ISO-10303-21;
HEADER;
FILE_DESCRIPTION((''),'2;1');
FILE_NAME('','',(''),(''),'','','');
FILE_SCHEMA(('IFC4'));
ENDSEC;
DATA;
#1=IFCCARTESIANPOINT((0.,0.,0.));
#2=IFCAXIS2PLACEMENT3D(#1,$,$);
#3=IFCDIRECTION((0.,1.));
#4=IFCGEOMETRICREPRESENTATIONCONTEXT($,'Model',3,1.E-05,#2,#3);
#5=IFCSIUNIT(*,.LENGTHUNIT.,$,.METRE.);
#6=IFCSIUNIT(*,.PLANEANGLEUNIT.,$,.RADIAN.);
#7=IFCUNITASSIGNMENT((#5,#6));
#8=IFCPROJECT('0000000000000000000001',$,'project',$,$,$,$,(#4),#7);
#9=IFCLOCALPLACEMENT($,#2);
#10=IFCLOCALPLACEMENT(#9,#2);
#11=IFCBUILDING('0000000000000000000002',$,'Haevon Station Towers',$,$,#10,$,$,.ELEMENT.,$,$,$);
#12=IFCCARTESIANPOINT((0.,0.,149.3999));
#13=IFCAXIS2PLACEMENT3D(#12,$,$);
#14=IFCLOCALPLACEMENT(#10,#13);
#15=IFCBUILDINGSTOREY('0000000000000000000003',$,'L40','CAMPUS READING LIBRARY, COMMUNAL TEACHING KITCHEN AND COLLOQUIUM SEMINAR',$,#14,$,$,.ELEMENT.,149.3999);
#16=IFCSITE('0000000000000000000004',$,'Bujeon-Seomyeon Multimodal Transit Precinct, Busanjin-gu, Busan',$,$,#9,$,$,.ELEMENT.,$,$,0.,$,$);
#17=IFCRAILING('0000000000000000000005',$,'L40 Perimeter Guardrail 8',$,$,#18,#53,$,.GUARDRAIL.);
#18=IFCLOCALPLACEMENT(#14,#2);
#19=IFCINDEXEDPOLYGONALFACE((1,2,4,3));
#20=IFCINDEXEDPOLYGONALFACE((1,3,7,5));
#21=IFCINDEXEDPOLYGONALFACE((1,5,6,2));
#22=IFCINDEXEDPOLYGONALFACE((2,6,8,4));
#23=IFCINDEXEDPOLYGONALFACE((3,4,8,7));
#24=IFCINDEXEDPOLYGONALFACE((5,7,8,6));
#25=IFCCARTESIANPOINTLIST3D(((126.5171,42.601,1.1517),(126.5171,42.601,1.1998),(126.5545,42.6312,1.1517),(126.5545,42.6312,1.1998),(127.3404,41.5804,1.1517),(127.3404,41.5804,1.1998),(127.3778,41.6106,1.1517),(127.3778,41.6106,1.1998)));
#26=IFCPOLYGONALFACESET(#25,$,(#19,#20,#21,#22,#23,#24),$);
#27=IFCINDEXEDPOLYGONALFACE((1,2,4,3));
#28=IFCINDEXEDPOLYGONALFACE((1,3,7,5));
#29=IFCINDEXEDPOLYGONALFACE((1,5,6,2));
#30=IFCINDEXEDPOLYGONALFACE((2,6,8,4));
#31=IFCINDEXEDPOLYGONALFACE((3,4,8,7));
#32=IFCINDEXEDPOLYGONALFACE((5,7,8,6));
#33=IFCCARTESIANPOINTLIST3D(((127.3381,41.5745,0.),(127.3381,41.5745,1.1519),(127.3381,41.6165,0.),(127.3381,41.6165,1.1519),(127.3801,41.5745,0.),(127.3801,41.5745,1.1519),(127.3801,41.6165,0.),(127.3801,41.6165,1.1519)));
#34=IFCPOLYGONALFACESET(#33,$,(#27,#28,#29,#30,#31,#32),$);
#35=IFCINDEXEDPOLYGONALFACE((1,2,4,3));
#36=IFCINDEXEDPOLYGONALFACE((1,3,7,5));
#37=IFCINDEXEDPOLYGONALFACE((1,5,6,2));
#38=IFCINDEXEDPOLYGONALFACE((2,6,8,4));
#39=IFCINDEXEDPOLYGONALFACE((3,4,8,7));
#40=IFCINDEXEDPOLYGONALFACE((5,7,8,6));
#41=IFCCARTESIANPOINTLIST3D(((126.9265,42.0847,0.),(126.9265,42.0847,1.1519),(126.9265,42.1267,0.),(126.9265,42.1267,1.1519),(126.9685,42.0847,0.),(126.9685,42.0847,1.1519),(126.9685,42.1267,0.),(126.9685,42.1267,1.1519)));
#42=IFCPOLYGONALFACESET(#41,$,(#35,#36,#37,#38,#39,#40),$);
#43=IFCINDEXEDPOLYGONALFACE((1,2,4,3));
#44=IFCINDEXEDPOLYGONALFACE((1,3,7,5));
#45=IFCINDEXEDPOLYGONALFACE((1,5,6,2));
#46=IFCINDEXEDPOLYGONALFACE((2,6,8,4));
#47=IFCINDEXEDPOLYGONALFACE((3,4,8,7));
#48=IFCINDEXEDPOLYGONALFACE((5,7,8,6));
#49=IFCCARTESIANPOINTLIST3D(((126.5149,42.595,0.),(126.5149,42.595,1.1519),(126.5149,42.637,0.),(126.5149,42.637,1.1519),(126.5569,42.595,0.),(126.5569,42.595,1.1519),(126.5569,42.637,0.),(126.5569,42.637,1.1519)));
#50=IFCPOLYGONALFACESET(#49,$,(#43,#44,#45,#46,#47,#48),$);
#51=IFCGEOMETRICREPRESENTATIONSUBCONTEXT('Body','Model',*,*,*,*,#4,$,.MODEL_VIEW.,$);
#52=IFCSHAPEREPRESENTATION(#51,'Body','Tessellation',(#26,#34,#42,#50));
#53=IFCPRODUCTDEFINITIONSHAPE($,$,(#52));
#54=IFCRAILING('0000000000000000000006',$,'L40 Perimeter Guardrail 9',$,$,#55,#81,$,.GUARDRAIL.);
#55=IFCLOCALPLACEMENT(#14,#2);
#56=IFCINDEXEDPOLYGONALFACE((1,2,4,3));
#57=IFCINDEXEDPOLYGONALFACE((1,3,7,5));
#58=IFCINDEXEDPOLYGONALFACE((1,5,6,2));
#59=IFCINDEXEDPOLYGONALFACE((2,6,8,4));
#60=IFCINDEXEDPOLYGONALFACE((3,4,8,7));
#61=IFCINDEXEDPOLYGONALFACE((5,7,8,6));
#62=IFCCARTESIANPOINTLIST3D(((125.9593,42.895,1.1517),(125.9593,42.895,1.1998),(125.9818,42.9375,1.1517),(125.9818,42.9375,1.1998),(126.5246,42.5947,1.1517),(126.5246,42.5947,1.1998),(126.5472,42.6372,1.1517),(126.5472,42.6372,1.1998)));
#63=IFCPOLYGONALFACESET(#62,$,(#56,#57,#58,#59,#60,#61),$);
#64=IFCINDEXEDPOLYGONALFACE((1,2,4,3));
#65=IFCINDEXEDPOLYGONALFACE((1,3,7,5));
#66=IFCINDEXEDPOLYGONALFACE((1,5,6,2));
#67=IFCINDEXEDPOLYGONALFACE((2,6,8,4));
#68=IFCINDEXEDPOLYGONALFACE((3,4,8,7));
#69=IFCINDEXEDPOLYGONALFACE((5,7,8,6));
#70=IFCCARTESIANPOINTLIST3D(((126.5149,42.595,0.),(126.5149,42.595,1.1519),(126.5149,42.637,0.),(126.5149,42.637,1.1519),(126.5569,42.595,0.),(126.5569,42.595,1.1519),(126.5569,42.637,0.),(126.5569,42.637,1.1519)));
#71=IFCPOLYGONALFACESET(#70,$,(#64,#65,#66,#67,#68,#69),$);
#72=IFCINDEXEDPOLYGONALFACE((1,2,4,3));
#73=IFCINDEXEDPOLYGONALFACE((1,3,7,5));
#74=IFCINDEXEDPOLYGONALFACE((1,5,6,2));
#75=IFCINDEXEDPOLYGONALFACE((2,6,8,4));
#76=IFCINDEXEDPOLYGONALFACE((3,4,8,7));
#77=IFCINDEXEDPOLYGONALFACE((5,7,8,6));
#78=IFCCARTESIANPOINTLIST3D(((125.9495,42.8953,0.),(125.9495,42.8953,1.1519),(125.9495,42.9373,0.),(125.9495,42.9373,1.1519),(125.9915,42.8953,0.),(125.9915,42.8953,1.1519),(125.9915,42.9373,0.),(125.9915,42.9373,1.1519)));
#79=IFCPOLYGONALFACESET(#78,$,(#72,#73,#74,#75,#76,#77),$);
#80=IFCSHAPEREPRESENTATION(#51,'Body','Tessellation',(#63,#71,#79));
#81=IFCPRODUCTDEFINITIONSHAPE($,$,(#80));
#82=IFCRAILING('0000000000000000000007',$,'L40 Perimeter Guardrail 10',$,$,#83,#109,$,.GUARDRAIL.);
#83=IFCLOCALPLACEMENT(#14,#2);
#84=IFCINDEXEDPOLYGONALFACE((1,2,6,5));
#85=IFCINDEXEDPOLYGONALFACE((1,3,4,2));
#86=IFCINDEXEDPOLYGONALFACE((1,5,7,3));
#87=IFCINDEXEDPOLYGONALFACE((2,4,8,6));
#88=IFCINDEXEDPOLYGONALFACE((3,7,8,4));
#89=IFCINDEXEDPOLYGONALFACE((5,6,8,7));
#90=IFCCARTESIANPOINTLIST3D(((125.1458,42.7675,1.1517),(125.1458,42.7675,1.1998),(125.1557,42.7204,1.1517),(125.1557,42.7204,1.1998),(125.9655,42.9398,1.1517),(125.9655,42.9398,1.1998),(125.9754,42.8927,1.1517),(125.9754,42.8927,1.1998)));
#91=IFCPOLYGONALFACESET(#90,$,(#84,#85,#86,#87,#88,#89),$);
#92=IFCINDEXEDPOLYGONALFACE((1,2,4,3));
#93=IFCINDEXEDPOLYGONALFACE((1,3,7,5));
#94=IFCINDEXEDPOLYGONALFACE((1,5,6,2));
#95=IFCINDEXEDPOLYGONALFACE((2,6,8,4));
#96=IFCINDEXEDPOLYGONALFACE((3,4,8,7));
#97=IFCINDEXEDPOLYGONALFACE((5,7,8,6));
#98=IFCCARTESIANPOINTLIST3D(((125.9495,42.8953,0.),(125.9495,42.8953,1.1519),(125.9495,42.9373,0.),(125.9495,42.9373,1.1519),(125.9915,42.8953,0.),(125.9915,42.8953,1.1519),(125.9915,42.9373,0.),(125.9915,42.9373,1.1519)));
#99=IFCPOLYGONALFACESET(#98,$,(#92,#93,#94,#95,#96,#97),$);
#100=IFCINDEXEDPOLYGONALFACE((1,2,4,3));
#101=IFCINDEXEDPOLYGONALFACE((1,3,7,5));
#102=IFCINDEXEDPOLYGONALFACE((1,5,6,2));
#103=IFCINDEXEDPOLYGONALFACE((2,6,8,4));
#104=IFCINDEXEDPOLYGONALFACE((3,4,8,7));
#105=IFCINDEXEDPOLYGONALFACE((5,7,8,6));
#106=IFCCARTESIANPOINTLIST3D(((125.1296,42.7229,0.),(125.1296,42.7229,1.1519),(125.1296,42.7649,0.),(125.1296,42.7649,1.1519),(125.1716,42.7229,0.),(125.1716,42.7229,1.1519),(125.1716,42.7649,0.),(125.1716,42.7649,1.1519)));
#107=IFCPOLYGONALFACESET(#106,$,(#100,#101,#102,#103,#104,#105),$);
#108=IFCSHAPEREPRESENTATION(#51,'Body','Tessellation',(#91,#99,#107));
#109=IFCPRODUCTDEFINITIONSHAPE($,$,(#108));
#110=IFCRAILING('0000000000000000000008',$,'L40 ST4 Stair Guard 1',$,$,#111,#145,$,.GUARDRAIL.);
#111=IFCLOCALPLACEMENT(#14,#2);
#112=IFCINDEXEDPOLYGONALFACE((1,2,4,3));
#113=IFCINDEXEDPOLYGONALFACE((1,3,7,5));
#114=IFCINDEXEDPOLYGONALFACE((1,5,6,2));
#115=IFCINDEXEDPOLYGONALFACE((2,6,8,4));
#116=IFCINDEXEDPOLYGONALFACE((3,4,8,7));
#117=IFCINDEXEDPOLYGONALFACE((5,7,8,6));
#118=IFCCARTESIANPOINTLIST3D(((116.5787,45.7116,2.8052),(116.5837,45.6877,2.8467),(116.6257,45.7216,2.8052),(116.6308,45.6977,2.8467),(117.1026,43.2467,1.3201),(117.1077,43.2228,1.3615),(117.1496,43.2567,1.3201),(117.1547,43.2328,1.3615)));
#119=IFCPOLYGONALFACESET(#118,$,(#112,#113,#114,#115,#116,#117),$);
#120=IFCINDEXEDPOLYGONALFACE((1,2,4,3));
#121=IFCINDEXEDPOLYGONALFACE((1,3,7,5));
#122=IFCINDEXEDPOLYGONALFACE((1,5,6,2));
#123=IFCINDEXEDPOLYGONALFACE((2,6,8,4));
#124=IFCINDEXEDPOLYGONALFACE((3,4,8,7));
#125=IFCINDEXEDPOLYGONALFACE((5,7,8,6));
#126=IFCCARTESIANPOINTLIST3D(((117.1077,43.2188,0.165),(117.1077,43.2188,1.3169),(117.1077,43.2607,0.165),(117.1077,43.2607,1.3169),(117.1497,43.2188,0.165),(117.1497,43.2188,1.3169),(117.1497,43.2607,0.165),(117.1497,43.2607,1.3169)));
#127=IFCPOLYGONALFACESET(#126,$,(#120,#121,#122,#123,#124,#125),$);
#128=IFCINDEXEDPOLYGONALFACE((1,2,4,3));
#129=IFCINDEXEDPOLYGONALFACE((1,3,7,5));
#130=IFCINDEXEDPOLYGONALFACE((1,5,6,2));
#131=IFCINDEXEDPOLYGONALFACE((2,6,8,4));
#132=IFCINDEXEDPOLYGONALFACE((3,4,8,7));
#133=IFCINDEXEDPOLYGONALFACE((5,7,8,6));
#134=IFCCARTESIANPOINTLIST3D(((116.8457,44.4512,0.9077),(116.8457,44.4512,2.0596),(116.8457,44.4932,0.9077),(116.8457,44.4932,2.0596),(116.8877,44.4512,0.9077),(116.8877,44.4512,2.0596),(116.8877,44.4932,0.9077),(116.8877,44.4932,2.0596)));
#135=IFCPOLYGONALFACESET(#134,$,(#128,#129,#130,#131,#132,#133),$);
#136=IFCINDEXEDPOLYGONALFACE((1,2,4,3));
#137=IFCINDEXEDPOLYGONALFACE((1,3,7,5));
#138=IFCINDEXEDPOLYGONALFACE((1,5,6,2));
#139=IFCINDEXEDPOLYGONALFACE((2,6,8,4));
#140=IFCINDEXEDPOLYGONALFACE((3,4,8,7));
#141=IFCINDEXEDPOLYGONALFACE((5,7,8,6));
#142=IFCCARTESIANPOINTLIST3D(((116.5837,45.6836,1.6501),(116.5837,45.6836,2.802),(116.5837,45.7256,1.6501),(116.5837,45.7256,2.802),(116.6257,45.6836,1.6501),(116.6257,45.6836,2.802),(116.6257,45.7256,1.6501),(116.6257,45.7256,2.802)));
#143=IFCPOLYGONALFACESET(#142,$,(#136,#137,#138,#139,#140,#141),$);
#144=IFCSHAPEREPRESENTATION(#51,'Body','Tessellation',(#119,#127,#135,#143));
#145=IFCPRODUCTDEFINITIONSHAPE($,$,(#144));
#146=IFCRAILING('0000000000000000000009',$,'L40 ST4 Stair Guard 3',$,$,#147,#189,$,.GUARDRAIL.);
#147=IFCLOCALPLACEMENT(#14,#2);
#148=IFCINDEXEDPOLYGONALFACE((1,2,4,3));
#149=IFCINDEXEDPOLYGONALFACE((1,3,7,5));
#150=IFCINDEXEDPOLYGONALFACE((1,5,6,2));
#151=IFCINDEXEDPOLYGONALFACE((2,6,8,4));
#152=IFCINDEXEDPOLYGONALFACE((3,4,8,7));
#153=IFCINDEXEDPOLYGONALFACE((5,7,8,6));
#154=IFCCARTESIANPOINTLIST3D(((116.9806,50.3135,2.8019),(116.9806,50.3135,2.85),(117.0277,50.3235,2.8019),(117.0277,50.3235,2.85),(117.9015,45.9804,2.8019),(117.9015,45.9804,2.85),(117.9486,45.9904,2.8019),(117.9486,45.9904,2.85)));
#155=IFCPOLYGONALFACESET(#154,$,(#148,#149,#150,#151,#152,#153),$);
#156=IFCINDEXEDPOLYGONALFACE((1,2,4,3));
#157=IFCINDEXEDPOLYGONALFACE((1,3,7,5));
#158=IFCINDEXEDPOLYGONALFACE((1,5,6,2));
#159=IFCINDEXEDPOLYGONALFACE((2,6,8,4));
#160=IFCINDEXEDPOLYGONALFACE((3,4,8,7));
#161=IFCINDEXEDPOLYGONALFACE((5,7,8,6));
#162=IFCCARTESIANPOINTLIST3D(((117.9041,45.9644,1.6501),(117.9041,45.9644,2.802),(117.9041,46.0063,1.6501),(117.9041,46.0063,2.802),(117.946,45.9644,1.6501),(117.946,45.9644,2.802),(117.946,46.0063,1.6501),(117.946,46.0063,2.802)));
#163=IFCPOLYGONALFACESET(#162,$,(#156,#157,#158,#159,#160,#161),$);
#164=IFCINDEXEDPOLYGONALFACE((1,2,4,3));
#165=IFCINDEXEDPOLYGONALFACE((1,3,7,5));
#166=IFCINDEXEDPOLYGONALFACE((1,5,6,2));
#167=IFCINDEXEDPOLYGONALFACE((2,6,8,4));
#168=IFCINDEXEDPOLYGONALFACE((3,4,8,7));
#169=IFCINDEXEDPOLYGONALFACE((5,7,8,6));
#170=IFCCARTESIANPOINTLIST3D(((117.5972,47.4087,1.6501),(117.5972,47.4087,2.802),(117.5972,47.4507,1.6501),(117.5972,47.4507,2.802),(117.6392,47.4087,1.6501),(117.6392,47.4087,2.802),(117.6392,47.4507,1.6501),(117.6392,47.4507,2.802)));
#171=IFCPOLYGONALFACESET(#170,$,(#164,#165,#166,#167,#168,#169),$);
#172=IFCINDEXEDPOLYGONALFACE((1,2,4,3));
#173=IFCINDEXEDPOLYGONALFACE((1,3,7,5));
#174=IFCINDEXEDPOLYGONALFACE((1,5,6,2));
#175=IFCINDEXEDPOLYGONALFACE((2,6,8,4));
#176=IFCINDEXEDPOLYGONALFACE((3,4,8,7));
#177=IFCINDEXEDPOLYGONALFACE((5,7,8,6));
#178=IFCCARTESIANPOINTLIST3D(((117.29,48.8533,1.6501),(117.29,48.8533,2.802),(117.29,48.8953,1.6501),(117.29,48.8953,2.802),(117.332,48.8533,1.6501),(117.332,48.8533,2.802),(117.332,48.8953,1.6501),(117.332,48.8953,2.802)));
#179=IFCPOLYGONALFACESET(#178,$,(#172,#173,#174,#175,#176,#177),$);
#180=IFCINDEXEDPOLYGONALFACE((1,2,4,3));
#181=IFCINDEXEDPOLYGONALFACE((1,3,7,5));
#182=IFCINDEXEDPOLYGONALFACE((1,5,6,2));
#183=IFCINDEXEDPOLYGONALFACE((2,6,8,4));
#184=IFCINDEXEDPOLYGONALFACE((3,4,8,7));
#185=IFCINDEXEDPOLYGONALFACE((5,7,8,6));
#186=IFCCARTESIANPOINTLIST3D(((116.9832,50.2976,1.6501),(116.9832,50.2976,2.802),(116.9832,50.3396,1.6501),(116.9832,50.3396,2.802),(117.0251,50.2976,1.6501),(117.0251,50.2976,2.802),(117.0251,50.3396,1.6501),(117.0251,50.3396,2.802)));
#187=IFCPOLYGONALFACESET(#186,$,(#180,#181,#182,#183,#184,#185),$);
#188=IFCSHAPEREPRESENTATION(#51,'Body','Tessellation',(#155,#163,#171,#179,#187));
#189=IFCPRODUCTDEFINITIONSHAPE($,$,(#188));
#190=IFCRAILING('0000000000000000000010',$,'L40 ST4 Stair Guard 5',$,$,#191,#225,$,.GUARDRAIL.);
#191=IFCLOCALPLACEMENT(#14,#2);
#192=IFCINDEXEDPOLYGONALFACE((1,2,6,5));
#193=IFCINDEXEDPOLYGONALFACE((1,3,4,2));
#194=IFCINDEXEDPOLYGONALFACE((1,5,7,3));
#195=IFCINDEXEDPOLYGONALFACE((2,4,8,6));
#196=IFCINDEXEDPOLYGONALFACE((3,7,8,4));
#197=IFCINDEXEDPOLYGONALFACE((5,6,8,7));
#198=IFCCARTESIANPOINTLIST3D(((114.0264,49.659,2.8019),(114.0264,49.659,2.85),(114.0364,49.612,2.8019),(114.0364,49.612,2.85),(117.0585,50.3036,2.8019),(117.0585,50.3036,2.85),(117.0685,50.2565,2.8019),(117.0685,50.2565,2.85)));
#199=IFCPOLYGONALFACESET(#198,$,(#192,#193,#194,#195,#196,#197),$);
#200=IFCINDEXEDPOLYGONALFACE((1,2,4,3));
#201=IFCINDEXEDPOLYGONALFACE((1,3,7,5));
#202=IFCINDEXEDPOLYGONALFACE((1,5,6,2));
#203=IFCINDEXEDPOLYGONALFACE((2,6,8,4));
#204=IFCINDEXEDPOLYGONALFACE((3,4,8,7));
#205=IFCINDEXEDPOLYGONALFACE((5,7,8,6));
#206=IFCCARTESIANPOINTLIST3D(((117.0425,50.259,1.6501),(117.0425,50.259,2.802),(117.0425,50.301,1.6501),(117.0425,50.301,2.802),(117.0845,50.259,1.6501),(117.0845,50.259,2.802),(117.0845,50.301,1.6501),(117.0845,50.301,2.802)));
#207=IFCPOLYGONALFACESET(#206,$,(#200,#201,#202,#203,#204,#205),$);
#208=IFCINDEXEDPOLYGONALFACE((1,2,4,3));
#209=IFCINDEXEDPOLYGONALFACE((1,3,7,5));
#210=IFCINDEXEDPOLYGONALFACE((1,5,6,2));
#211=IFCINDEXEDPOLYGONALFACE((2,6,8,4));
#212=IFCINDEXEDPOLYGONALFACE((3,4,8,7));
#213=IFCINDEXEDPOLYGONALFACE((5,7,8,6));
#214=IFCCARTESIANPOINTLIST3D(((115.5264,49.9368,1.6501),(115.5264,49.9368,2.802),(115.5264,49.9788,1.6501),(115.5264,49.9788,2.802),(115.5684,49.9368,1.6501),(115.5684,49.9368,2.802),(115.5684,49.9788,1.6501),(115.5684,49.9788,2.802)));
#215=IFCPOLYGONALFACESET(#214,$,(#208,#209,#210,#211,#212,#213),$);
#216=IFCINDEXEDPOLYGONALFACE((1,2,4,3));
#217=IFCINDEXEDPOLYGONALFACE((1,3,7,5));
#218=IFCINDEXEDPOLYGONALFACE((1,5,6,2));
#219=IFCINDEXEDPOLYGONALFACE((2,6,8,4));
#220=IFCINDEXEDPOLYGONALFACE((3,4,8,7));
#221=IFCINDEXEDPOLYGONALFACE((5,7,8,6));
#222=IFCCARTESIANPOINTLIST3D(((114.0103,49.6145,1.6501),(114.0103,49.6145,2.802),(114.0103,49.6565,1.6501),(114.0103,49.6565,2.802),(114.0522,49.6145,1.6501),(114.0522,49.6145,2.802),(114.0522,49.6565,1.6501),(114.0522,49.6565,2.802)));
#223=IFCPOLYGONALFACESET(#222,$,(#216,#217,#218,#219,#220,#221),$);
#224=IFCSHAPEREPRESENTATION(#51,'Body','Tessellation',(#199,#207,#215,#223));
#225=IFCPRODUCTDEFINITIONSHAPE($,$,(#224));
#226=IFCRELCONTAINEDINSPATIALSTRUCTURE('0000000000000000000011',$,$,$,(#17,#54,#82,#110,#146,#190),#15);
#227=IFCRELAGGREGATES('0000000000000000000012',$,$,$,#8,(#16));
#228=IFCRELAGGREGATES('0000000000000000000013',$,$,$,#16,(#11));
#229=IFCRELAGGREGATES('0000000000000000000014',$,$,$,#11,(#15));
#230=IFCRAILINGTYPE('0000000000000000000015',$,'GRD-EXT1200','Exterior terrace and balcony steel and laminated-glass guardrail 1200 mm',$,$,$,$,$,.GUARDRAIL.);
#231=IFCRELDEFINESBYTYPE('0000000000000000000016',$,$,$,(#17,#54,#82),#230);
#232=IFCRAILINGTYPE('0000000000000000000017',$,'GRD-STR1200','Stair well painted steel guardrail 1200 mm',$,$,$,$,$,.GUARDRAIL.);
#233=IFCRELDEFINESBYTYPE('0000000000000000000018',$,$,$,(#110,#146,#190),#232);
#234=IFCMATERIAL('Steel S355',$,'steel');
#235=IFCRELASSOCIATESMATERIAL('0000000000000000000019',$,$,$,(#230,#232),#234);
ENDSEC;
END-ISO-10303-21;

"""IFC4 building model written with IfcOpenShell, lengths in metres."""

from ifc_helpers import new_model, si_unit, direction, frame, origin, origin_2d, place, context, subcontext, project, spatial, rectangle, extrude, material, type_object, element, save


model = new_model("IFC4")

# Units and contexts
model_context = context("Model", 3, precision=1e-05, world=origin(), true_north=direction((0.0, 1.0)))
body_context = subcontext(model_context, "Body", "Model", "MODEL_VIEW")
ifc_project = project(units=[si_unit("LENGTHUNIT", "METRE"), si_unit("PLANEANGLEUNIT", "RADIAN")], contexts=[model_context])

# Site, building, storey
site_placement = place(None, origin())
site = spatial("IfcSite", under=ifc_project, at=site_placement, Name="Bujeon-Seomyeon Multimodal Transit Precinct, Busanjin-gu, Busan", CompositionType="ELEMENT", RefElevation=0.0)
building_placement = place(site_placement, origin())
building = spatial("IfcBuilding", under=site, at=building_placement, Name="Haevon Station Towers", CompositionType="ELEMENT")
storey_placement = place(building_placement, frame((0.0, 0.0, 149.3999)))
storey = spatial("IfcBuildingStorey", under=building, at=storey_placement, Name="L40", Description="CAMPUS READING LIBRARY, COMMUNAL TEACHING KITCHEN AND COLLOQUIUM SEMINAR", CompositionType="ELEMENT", Elevation=149.3999)

# Shared definitions
ifc_material_1 = material(Name="Steel S355", Category="steel")

# Railings
railing_type_1 = type_object("IfcRailingType", Name="GRD-EXT1200", Description="Exterior terrace and balcony steel and laminated-glass guardrail 1200 mm", PredefinedType="GUARDRAIL", material=ifc_material_1)
railing_1_placement = place(storey_placement, frame((127.3591, 41.5955, 0.0)))
element("IfcRailing", 1, at=railing_1_placement, inside=storey, type_object=railing_type_1, Name="L40 Perimeter Guardrail 8", PredefinedType="GUARDRAIL", context=body_context, shape_type="SweptSolid", body=[
    extrude(rectangle(XDim=0.0481, YDim=0.0481, at=origin_2d()), frame((0.0, 0.0, 1.1758), z_axis=(-0.627869, 0.778319, 0.0), x_axis=(-0.778319, -0.627869, 0.0)), (0.0, 0.0, 1.0), 1.3113),
    extrude(rectangle(XDim=0.042, YDim=0.042, at=origin_2d()), origin(), (0.0, 0.0, 1.0), 1.1519),
    extrude(rectangle(XDim=0.042, YDim=0.042, at=origin_2d()), frame((-0.4116, 0.5103, 0.0)), (0.0, 0.0, 1.0), 1.1519),
    extrude(rectangle(XDim=0.042, YDim=0.042, at=origin_2d()), frame((-0.8232, 1.0205, 0.0)), (0.0, 0.0, 1.0), 1.1519),
])
railing_2_placement = place(storey_placement, frame((126.5359, 42.616, 0.0)))
element("IfcRailing", 2, at=railing_2_placement, inside=storey, type_object=railing_type_1, Name="L40 Perimeter Guardrail 9", PredefinedType="GUARDRAIL", context=body_context, shape_type="SweptSolid", body=[
    extrude(rectangle(XDim=0.0481, YDim=0.0481, at=origin_2d()), frame((0.0, 0.0, 1.1758), z_axis=(-0.883175, 0.469044, 0.0), x_axis=(-0.469044, -0.883175, 0.0)), (0.0, 0.0, 1.0), 0.6401),
    extrude(rectangle(XDim=0.042, YDim=0.042, at=origin_2d()), origin(), (0.0, 0.0, 1.0), 1.1519),
    extrude(rectangle(XDim=0.042, YDim=0.042, at=origin_2d()), frame((-0.5654, 0.3003, 0.0)), (0.0, 0.0, 1.0), 1.1519),
])
railing_3_placement = place(storey_placement, frame((125.9705, 42.9163, 0.0)))
element("IfcRailing", 3, at=railing_3_placement, inside=storey, type_object=railing_type_1, Name="L40 Perimeter Guardrail 10", PredefinedType="GUARDRAIL", context=body_context, shape_type="SweptSolid", body=[
    extrude(rectangle(XDim=0.0481, YDim=0.0481, at=origin_2d()), frame((0.0, 0.0, 1.1758), z_axis=(-0.978605, -0.205746, 0.0), x_axis=(0.205746, -0.978605, 0.0)), (0.0, 0.0, 1.0), 0.8376),
    extrude(rectangle(XDim=0.042, YDim=0.042, at=origin_2d()), origin(), (0.0, 0.0, 1.0), 1.1519),
    extrude(rectangle(XDim=0.042, YDim=0.042, at=origin_2d()), frame((-0.8198, -0.1724, 0.0)), (0.0, 0.0, 1.0), 1.1519),
])
railing_type_2 = type_object("IfcRailingType", Name="GRD-STR1200", Description="Stair well painted steel guardrail 1200 mm", PredefinedType="GUARDRAIL", material=ifc_material_1)
railing_4_placement = place(storey_placement, frame((117.1287, 43.2397, 0.165)))
element("IfcRailing", 4, at=railing_4_placement, inside=storey, type_object=railing_type_2, Name="L40 ST4 Stair Guard 1", PredefinedType="GUARDRAIL", context=body_context, shape_type="SweptSolid", body=[
    extrude(rectangle(XDim=0.0481, YDim=0.0481, at=origin_2d()), frame((0.0, 0.0, 1.1758), z_axis=(-0.179121, 0.842688, 0.507733), x_axis=(-0.978147, -0.207914, 0.0)), (0.0, 0.0, 1.0), 2.925),
    extrude(rectangle(XDim=0.042, YDim=0.042, at=origin_2d()), origin(), (0.0, 0.0, 1.0), 1.1519),
    extrude(rectangle(XDim=0.042, YDim=0.042, at=origin_2d()), frame((-0.262, 1.2324, 0.7427)), (0.0, 0.0, 1.0), 1.1519),
    extrude(rectangle(XDim=0.042, YDim=0.042, at=origin_2d()), frame((-0.5239, 2.4648, 1.4851)), (0.0, 0.0, 1.0), 1.1519),
])
railing_5_placement = place(storey_placement, frame((117.925, 45.9854, 1.6501)))
element("IfcRailing", 5, at=railing_5_placement, inside=storey, type_object=railing_type_2, Name="L40 ST4 Stair Guard 3", PredefinedType="GUARDRAIL", context=body_context, shape_type="SweptSolid", body=[
    extrude(rectangle(XDim=0.0481, YDim=0.0481, at=origin_2d()), frame((0.0, 0.0, 1.1758), z_axis=(-0.207877, 0.978155, 0.0), x_axis=(-0.978155, -0.207877, 0.0)), (0.0, 0.0, 1.0), 4.4299),
    extrude(rectangle(XDim=0.042, YDim=0.042, at=origin_2d()), origin(), (0.0, 0.0, 1.0), 1.1519),
    extrude(rectangle(XDim=0.042, YDim=0.042, at=origin_2d()), frame((-0.3069, 1.4443, 0.0)), (0.0, 0.0, 1.0), 1.1519),
    extrude(rectangle(XDim=0.042, YDim=0.042, at=origin_2d()), frame((-0.614, 2.8889, 0.0)), (0.0, 0.0, 1.0), 1.1519),
    extrude(rectangle(XDim=0.042, YDim=0.042, at=origin_2d()), frame((-0.9209, 4.3333, 0.0)), (0.0, 0.0, 1.0), 1.1519),
])
railing_6_placement = place(storey_placement, frame((117.0635, 50.28, 1.6501)))
element("IfcRailing", 6, at=railing_6_placement, inside=storey, type_object=railing_type_2, Name="L40 ST4 Stair Guard 5", PredefinedType="GUARDRAIL", context=body_context, shape_type="SweptSolid", body=[
    extrude(rectangle(XDim=0.0481, YDim=0.0481, at=origin_2d()), frame((0.0, 0.0, 1.1758), z_axis=(-0.978147, -0.207915, 0.0), x_axis=(0.207915, -0.978147, 0.0)), (0.0, 0.0, 1.0), 3.0999),
    extrude(rectangle(XDim=0.042, YDim=0.042, at=origin_2d()), origin(), (0.0, 0.0, 1.0), 1.1519),
    extrude(rectangle(XDim=0.042, YDim=0.042, at=origin_2d()), frame((-1.5161, -0.3223, 0.0)), (0.0, 0.0, 1.0), 1.1519),
    extrude(rectangle(XDim=0.042, YDim=0.042, at=origin_2d()), frame((-3.0322, -0.6445, 0.0)), (0.0, 0.0, 1.0), 1.1519),
])

save(model, "model.ifc")
